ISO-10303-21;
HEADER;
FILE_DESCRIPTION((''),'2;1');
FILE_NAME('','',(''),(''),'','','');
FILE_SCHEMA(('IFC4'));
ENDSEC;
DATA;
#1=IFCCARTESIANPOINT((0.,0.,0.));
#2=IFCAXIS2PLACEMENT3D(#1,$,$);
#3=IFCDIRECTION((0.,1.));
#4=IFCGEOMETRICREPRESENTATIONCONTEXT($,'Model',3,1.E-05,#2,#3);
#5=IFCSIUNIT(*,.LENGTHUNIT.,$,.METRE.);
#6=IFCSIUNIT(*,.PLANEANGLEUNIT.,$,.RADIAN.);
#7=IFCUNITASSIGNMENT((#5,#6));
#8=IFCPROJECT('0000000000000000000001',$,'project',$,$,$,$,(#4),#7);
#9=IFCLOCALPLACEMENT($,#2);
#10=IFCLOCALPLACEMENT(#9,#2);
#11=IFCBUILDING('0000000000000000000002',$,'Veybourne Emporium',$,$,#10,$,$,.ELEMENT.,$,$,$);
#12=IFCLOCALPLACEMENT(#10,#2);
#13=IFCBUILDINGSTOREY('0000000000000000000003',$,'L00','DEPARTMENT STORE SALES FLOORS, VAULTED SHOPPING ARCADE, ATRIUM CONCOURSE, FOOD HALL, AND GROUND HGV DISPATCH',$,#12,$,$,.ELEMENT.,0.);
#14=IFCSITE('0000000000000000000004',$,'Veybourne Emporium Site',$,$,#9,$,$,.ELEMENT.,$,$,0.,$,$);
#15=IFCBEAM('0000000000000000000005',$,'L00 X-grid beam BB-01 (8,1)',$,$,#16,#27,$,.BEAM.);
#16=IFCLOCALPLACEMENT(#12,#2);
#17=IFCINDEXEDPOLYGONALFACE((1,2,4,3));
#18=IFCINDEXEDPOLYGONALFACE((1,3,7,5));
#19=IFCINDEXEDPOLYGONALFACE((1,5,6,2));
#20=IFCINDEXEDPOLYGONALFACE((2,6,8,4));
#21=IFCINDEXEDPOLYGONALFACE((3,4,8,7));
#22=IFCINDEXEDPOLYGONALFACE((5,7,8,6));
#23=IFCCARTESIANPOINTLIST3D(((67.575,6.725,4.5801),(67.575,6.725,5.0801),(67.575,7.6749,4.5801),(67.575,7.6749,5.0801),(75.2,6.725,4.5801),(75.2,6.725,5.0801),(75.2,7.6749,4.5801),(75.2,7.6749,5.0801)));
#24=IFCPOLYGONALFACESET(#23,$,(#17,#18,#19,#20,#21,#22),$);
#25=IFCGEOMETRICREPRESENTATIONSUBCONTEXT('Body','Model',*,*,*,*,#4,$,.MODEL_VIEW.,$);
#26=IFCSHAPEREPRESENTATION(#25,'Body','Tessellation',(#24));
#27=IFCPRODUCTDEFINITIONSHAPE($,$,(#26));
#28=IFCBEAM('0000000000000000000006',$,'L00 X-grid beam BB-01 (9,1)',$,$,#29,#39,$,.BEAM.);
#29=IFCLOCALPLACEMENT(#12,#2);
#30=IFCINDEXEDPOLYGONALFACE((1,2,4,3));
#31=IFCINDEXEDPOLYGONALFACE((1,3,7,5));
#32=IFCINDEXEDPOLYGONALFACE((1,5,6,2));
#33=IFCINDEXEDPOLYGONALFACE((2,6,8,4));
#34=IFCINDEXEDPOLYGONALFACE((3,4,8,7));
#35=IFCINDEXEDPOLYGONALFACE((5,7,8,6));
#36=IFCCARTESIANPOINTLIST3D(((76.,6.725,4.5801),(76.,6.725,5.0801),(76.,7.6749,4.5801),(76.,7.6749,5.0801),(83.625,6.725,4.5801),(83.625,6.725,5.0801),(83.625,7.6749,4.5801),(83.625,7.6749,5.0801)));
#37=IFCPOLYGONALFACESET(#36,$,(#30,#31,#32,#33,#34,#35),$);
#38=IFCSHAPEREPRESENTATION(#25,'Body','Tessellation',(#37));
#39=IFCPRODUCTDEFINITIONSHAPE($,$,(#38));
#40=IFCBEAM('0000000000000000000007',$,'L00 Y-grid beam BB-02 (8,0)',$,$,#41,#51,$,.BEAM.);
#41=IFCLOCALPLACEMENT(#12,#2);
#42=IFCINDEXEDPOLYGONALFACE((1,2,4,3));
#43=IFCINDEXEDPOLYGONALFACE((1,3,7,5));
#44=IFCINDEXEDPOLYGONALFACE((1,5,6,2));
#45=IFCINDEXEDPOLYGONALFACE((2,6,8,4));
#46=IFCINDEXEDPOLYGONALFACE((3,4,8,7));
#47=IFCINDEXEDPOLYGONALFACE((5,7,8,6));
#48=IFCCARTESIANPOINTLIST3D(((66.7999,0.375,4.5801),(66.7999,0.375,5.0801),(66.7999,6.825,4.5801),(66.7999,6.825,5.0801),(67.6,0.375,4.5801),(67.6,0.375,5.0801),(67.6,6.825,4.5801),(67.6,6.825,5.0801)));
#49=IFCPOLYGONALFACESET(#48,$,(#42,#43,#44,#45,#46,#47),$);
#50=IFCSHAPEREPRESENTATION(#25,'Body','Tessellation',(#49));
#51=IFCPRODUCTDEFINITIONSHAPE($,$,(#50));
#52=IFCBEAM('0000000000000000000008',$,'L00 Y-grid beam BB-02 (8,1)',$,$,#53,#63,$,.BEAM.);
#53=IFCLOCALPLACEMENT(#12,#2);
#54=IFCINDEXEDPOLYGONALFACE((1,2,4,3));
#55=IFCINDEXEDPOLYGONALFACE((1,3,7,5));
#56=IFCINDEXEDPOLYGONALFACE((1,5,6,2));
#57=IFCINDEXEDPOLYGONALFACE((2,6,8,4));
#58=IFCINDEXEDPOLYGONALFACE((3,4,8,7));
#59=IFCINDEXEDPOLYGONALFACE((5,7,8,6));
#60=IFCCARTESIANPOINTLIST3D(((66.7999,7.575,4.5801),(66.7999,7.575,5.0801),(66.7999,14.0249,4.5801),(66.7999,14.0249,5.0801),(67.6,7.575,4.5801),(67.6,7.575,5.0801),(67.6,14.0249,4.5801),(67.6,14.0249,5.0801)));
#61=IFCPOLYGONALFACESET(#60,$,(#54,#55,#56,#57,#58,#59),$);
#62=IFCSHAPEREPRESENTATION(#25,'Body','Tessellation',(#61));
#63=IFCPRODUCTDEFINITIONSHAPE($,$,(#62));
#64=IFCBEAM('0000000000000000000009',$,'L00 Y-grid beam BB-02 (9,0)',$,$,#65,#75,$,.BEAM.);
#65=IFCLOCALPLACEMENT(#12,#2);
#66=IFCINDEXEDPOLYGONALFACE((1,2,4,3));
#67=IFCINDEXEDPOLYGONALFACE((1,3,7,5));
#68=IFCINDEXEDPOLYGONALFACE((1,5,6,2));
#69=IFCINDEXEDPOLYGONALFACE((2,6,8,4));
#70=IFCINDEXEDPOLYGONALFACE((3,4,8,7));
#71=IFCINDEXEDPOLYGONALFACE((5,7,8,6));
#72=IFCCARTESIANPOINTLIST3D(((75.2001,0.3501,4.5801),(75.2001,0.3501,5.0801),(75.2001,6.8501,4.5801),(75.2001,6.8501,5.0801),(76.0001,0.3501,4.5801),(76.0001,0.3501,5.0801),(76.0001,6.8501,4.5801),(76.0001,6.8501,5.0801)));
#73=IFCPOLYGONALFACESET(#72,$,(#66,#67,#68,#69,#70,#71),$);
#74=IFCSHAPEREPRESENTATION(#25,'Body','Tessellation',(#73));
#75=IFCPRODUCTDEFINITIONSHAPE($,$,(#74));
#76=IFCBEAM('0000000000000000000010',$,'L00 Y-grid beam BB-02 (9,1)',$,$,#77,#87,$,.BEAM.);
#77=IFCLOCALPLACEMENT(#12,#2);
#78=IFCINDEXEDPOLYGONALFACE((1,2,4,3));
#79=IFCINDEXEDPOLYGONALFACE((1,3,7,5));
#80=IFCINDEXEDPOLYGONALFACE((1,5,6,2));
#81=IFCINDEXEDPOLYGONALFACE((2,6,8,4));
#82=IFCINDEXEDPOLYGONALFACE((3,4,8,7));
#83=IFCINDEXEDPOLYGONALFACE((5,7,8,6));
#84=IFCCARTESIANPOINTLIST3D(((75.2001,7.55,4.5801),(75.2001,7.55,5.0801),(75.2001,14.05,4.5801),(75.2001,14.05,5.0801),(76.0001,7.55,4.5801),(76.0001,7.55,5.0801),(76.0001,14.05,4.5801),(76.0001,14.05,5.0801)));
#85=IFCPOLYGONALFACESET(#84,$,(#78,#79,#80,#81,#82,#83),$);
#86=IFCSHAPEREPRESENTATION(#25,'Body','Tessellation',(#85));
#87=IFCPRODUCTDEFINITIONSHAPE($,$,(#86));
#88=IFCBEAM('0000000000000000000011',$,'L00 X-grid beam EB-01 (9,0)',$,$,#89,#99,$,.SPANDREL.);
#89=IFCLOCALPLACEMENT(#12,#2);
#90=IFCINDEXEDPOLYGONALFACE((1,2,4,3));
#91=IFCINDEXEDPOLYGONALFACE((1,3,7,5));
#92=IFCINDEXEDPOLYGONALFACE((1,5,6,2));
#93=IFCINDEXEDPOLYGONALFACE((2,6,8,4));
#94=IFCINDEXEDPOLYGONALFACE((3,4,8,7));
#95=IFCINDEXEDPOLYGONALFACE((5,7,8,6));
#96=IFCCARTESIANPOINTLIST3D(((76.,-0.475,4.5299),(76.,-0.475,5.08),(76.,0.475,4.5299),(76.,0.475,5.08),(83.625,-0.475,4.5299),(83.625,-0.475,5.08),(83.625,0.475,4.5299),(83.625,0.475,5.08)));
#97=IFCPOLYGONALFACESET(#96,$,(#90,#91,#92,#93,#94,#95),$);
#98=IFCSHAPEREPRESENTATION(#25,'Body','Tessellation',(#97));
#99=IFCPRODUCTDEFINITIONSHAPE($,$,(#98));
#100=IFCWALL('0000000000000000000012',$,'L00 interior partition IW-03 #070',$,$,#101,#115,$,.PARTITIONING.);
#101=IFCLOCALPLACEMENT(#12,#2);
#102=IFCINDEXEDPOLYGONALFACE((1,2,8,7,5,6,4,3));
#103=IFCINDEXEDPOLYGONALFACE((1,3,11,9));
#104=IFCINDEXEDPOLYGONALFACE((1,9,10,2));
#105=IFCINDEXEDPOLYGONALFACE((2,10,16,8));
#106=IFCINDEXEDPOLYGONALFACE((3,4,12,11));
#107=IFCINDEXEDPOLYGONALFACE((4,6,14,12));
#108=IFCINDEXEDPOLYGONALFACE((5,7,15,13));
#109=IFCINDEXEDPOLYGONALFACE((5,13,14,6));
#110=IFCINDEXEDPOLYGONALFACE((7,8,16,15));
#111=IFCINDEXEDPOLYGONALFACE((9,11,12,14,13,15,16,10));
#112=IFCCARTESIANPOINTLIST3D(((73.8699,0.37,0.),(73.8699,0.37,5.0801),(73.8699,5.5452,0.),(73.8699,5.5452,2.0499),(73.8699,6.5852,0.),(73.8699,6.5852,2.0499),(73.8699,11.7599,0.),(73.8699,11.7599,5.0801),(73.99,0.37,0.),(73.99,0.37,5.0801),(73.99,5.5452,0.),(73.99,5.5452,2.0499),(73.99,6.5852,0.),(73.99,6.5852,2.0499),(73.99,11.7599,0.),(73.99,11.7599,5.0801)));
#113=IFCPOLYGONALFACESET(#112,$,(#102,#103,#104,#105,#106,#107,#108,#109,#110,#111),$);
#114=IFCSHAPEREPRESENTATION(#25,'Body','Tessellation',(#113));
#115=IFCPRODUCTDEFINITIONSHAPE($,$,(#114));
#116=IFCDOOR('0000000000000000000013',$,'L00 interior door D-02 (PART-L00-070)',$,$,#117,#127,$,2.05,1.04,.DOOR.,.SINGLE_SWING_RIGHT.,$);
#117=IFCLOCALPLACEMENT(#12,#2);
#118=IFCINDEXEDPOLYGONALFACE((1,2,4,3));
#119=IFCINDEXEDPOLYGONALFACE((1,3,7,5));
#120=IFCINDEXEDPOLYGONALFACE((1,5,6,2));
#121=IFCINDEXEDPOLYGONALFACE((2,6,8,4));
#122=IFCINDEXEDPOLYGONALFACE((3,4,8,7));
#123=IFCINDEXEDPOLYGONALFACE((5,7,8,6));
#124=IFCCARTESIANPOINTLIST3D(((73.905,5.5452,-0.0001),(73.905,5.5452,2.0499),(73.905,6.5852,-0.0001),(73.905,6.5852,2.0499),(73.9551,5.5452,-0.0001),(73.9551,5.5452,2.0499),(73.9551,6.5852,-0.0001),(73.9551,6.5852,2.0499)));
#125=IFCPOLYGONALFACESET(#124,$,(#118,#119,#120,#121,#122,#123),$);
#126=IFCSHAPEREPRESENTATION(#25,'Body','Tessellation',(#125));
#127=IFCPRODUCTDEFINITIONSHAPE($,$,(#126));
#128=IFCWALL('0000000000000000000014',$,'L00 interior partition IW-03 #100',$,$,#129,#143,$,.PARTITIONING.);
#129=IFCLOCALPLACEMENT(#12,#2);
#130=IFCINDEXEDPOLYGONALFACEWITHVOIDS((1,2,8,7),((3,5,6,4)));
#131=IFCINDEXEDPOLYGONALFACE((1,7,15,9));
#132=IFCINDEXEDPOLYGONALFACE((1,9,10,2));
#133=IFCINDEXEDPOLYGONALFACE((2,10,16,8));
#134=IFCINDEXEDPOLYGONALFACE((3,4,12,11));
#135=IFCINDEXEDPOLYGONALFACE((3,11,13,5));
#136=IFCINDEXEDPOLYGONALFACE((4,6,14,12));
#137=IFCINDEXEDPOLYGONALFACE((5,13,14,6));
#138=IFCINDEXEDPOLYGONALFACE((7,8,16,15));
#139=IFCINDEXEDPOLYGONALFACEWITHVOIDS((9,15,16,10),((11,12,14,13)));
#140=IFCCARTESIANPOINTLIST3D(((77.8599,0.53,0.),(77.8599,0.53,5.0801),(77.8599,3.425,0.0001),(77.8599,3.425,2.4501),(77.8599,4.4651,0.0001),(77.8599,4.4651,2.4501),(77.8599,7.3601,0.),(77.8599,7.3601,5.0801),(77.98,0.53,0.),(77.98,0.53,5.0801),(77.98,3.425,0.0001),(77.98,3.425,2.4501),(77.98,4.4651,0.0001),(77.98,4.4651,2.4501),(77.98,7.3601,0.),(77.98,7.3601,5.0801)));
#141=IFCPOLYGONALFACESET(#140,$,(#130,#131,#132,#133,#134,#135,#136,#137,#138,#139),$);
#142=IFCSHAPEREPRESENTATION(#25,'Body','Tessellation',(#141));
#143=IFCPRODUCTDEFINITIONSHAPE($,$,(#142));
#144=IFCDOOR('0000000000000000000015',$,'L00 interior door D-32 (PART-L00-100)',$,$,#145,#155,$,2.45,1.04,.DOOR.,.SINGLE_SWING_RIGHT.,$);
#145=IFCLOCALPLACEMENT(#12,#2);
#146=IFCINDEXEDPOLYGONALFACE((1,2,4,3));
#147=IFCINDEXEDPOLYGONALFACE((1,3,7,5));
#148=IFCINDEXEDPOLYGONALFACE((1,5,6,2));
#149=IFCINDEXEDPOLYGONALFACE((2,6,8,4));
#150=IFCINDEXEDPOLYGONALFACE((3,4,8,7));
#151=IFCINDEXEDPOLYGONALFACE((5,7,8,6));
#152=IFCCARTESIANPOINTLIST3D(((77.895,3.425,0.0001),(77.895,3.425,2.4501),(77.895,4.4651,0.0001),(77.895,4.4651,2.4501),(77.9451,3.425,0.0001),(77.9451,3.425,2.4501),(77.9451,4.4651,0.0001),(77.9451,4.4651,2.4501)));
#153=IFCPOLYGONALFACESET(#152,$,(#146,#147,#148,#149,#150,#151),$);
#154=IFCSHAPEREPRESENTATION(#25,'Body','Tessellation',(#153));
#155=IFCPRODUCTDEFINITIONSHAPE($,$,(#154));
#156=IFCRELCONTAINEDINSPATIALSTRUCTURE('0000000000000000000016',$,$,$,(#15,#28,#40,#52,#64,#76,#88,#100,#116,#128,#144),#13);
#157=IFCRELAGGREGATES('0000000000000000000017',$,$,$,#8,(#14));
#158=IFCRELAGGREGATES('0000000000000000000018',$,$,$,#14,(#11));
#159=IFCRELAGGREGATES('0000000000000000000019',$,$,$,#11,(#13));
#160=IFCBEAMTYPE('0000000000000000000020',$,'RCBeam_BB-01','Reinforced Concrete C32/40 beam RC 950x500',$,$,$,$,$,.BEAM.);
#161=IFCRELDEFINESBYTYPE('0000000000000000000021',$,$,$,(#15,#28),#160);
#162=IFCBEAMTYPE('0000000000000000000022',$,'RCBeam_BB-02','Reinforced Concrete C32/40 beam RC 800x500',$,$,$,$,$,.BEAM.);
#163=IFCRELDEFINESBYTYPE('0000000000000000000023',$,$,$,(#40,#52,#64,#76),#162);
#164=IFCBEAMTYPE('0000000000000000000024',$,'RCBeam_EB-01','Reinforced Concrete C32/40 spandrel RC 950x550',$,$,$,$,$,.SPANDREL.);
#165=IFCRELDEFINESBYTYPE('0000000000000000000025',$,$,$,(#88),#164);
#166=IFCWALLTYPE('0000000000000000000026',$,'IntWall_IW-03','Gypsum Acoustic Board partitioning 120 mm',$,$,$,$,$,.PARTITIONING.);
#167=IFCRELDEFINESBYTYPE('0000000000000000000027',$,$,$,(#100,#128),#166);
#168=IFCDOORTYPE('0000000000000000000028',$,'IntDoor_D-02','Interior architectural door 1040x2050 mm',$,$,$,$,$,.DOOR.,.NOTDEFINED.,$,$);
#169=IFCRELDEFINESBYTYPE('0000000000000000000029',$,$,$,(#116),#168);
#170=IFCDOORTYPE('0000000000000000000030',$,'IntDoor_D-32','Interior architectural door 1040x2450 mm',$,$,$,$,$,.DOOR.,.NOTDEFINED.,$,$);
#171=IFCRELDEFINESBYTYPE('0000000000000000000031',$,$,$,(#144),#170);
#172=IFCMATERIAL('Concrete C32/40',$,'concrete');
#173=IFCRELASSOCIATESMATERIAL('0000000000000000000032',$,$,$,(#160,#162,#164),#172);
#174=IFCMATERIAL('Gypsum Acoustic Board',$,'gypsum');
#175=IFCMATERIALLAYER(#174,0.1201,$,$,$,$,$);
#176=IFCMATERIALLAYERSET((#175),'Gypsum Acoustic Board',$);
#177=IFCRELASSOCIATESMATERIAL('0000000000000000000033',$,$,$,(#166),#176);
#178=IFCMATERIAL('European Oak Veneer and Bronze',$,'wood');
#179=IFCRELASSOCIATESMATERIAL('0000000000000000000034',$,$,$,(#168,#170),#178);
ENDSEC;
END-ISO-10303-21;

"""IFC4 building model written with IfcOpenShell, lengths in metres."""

from ifc_helpers import new_model, si_unit, direction, frame, frame_2d, origin, origin_2d, place, context, subcontext, project, spatial, rectangle, extrude, material, layer, layer_set, material_profile, profile_set, type_object, element, fill, save


model = new_model("IFC4")

# Units and contexts
model_context = context("Model", 3, precision=1e-05, world=origin(), true_north=direction((0.0, 1.0)))
body_context = subcontext(model_context, "Body", "Model", "MODEL_VIEW")
ifc_project = project(units=[si_unit("LENGTHUNIT", "METRE"), si_unit("PLANEANGLEUNIT", "RADIAN")], contexts=[model_context])

# Site, building, storey
site_placement = place(None, origin())
site = spatial("IfcSite", under=ifc_project, at=site_placement, Name="Veybourne Emporium Site", CompositionType="ELEMENT", RefElevation=0.0)
building_placement = place(site_placement, origin())
building = spatial("IfcBuilding", under=site, at=building_placement, Name="Veybourne Emporium", CompositionType="ELEMENT")
storey_placement = place(building_placement, origin())
storey = spatial("IfcBuildingStorey", under=building, at=storey_placement, Name="L00", Description="DEPARTMENT STORE SALES FLOORS, VAULTED SHOPPING ARCADE, ATRIUM CONCOURSE, FOOD HALL, AND GROUND HGV DISPATCH", CompositionType="ELEMENT", Elevation=0.0)

# Beams
ifc_material_1 = material(Name="Concrete C32/40", Category="concrete")
ifc_material_profile_1 = material_profile(ifc_material_1, rectangle(XDim=0.95, YDim=0.5, at=origin_2d()), Name="RC 950x500")
ifc_profile_set_1 = profile_set([ifc_material_profile_1], Name="Concrete C32/40")
beam_type_1 = type_object("IfcBeamType", Name="RCBeam_BB-01", Description="Reinforced Concrete C32/40 beam RC 950x500", PredefinedType="BEAM", material=ifc_profile_set_1)
for number, where, z_axis, x_axis, name in (
    (1, (67.575, 7.2, 4.8301), (1.0, 0.0, 0.0), (0.0, 1.0, 0.0), "L00 X-grid beam BB-01 (8,1)"),
    (2, (76.0, 7.2, 4.8301), (1.0, 0.0, 0.0), (0.0, 1.0, 0.0), "L00 X-grid beam BB-01 (9,1)"),
):
    element("IfcBeam", number, at=place(storey_placement, frame(where, z_axis=z_axis, x_axis=x_axis)), inside=storey, type_object=beam_type_1, Name=name, PredefinedType="BEAM", context=body_context, shape_type="SweptSolid", body=[
        extrude(rectangle(XDim=0.95, YDim=0.5, at=origin_2d()), origin(), (0.0, 0.0, 1.0), 7.625),
    ])
ifc_material_profile_2 = material_profile(ifc_material_1, rectangle(XDim=0.8, YDim=0.5, at=origin_2d()), Name="RC 800x500")
ifc_profile_set_2 = profile_set([ifc_material_profile_2], Name="Concrete C32/40")
beam_type_2 = type_object("IfcBeamType", Name="RCBeam_BB-02", Description="Reinforced Concrete C32/40 beam RC 800x500", PredefinedType="BEAM", material=ifc_profile_set_2)
for number, where, z_axis, x_axis, name in (
    (3, (67.2, 0.375, 4.8301), (0.0, 1.0, 0.0), (-1.0, 0.0, 0.0), "L00 Y-grid beam BB-02 (8,0)"),
    (4, (67.2, 7.575, 4.8301), (0.0, 1.0, 0.0), (-1.0, 0.0, 0.0), "L00 Y-grid beam BB-02 (8,1)"),
):
    element("IfcBeam", number, at=place(storey_placement, frame(where, z_axis=z_axis, x_axis=x_axis)), inside=storey, type_object=beam_type_2, Name=name, PredefinedType="BEAM", context=body_context, shape_type="SweptSolid", body=[
        extrude(rectangle(XDim=0.8, YDim=0.5, at=origin_2d()), origin(), (0.0, 0.0, 1.0), 6.45),
    ])
for number, where, z_axis, x_axis, name in (
    (5, (75.6001, 0.3501, 4.8301), (0.0, 1.0, 0.0), (-1.0, 0.0, 0.0), "L00 Y-grid beam BB-02 (9,0)"),
    (6, (75.6001, 7.55, 4.8301), (0.0, 1.0, 0.0), (-1.0, 0.0, 0.0), "L00 Y-grid beam BB-02 (9,1)"),
):
    element("IfcBeam", number, at=place(storey_placement, frame(where, z_axis=z_axis, x_axis=x_axis)), inside=storey, type_object=beam_type_2, Name=name, PredefinedType="BEAM", context=body_context, shape_type="SweptSolid", body=[
        extrude(rectangle(XDim=0.8, YDim=0.5, at=origin_2d()), origin(), (0.0, 0.0, 1.0), 6.5),
    ])
ifc_material_profile_3 = material_profile(ifc_material_1, rectangle(XDim=0.95, YDim=0.55, at=origin_2d()), Name="RC 950x550")
ifc_profile_set_3 = profile_set([ifc_material_profile_3], Name="Concrete C32/40")
beam_type_3 = type_object("IfcBeamType", Name="RCBeam_EB-01", Description="Reinforced Concrete C32/40 spandrel RC 950x550", PredefinedType="SPANDREL", material=ifc_profile_set_3)
beam_placement = place(storey_placement, frame((76.0, 0.0, 4.8049), z_axis=(1.0, 0.0, 0.0), x_axis=(0.0, 1.0, 0.0)))
element("IfcBeam", 7, at=beam_placement, inside=storey, type_object=beam_type_3, Name="L00 X-grid beam EB-01 (9,0)", PredefinedType="SPANDREL", context=body_context, shape_type="SweptSolid", body=[
    extrude(rectangle(XDim=0.95, YDim=0.55, at=origin_2d()), origin(), (0.0, 0.0, 1.0), 7.625),
])

# Walls, openings, doors
ifc_material_2 = material(Name="Gypsum Acoustic Board", Category="gypsum")
ifc_layer = layer(ifc_material_2, 0.1201)
ifc_layer_set = layer_set([ifc_layer], Name="Gypsum Acoustic Board")
wall_type = type_object("IfcWallType", Name="IntWall_IW-03", Description="Gypsum Acoustic Board partitioning 120 mm", PredefinedType="PARTITIONING", material=ifc_layer_set)
wall_1_placement = place(storey_placement, frame((73.9299, 0.3701, 0.0), z_axis=(0.0, 0.0, 1.0), x_axis=(0.0, 1.0, 0.0)))
wall_1 = element("IfcWall", 8, at=wall_1_placement, inside=storey, type_object=wall_type, Name="L00 interior partition IW-03 #070", PredefinedType="PARTITIONING", context=body_context, shape_type="SweptSolid", body=[
    extrude(rectangle(XDim=11.3899, YDim=0.1201, at=frame_2d((5.6948, 0.0))), origin(), (0.0, 0.0, 1.0), 5.0801),
])
opening_1_placement = place(wall_1_placement, frame((5.175, 0.0, 0.0)))
opening_1 = element("IfcOpeningElement", 9, at=opening_1_placement, cuts=wall_1, PredefinedType="OPENING", context=body_context, shape_type="SweptSolid", body=[
    extrude(rectangle(XDim=1.04, YDim=2.05, at=frame_2d((0.52, 1.0249))), frame((0.0, 0.0801, 0.0), z_axis=(0.0, -1.0, 0.0), x_axis=(1.0, 0.0, 0.0)), (0.0, 0.0, 1.0), 0.1602),
])
ifc_material_3 = material(Name="European Oak Veneer and Bronze", Category="wood")
door_type_1 = type_object("IfcDoorType", Name="IntDoor_D-02", Description="Interior architectural door 1040x2050 mm", OperationType="NOTDEFINED", PredefinedType="DOOR", material=ifc_material_3)
door_1_placement = place(opening_1_placement, origin())
door_1 = element("IfcDoor", 10, at=door_1_placement, inside=storey, type_object=door_type_1, Name="L00 interior door D-02 (PART-L00-070)", OperationType="SINGLE_SWING_RIGHT", OverallHeight=2.05, OverallWidth=1.04, PredefinedType="DOOR", context=body_context, shape_type="SweptSolid", body=[
    extrude(rectangle(XDim=1.04, YDim=2.05, at=frame_2d((0.52, 1.0249))), frame((0.0, 0.0249, 0.0), z_axis=(0.0, -1.0, 0.0), x_axis=(1.0, 0.0, 0.0)), (0.0, 0.0, 1.0), 0.05),
])
fill(opening_1, door_1)
wall_2_placement = place(storey_placement, frame((77.9199, 0.53, 0.0), z_axis=(0.0, 0.0, 1.0), x_axis=(0.0, 1.0, 0.0)))
wall_2 = element("IfcWall", 11, at=wall_2_placement, inside=storey, type_object=wall_type, Name="L00 interior partition IW-03 #100", PredefinedType="PARTITIONING", context=body_context, shape_type="SweptSolid", body=[
    extrude(rectangle(XDim=6.8301, YDim=0.1201, at=frame_2d((3.415, 0.0))), origin(), (0.0, 0.0, 1.0), 5.0801),
])
opening_2_placement = place(wall_2_placement, frame((2.895, 0.0, 0.0)))
opening_2 = element("IfcOpeningElement", 12, at=opening_2_placement, cuts=wall_2, PredefinedType="OPENING", context=body_context, shape_type="SweptSolid", body=[
    extrude(rectangle(XDim=1.04, YDim=2.45, at=frame_2d((0.52, 1.2251))), frame((0.0, 0.0801, 0.0), z_axis=(0.0, -1.0, 0.0), x_axis=(1.0, 0.0, 0.0)), (0.0, 0.0, 1.0), 0.1602),
])
door_type_2 = type_object("IfcDoorType", Name="IntDoor_D-32", Description="Interior architectural door 1040x2450 mm", OperationType="NOTDEFINED", PredefinedType="DOOR", material=ifc_material_3)
door_2_placement = place(opening_2_placement, origin())
door_2 = element("IfcDoor", 13, at=door_2_placement, inside=storey, type_object=door_type_2, Name="L00 interior door D-32 (PART-L00-100)", OperationType="SINGLE_SWING_RIGHT", OverallHeight=2.45, OverallWidth=1.04, PredefinedType="DOOR", context=body_context, shape_type="SweptSolid", body=[
    extrude(rectangle(XDim=1.04, YDim=2.45, at=frame_2d((0.52, 1.2251))), frame((0.0, 0.0249, 0.0), z_axis=(0.0, -1.0, 0.0), x_axis=(1.0, 0.0, 0.0)), (0.0, 0.0, 1.0), 0.05),
])
fill(opening_2, door_2)

save(model, "model.ifc")
